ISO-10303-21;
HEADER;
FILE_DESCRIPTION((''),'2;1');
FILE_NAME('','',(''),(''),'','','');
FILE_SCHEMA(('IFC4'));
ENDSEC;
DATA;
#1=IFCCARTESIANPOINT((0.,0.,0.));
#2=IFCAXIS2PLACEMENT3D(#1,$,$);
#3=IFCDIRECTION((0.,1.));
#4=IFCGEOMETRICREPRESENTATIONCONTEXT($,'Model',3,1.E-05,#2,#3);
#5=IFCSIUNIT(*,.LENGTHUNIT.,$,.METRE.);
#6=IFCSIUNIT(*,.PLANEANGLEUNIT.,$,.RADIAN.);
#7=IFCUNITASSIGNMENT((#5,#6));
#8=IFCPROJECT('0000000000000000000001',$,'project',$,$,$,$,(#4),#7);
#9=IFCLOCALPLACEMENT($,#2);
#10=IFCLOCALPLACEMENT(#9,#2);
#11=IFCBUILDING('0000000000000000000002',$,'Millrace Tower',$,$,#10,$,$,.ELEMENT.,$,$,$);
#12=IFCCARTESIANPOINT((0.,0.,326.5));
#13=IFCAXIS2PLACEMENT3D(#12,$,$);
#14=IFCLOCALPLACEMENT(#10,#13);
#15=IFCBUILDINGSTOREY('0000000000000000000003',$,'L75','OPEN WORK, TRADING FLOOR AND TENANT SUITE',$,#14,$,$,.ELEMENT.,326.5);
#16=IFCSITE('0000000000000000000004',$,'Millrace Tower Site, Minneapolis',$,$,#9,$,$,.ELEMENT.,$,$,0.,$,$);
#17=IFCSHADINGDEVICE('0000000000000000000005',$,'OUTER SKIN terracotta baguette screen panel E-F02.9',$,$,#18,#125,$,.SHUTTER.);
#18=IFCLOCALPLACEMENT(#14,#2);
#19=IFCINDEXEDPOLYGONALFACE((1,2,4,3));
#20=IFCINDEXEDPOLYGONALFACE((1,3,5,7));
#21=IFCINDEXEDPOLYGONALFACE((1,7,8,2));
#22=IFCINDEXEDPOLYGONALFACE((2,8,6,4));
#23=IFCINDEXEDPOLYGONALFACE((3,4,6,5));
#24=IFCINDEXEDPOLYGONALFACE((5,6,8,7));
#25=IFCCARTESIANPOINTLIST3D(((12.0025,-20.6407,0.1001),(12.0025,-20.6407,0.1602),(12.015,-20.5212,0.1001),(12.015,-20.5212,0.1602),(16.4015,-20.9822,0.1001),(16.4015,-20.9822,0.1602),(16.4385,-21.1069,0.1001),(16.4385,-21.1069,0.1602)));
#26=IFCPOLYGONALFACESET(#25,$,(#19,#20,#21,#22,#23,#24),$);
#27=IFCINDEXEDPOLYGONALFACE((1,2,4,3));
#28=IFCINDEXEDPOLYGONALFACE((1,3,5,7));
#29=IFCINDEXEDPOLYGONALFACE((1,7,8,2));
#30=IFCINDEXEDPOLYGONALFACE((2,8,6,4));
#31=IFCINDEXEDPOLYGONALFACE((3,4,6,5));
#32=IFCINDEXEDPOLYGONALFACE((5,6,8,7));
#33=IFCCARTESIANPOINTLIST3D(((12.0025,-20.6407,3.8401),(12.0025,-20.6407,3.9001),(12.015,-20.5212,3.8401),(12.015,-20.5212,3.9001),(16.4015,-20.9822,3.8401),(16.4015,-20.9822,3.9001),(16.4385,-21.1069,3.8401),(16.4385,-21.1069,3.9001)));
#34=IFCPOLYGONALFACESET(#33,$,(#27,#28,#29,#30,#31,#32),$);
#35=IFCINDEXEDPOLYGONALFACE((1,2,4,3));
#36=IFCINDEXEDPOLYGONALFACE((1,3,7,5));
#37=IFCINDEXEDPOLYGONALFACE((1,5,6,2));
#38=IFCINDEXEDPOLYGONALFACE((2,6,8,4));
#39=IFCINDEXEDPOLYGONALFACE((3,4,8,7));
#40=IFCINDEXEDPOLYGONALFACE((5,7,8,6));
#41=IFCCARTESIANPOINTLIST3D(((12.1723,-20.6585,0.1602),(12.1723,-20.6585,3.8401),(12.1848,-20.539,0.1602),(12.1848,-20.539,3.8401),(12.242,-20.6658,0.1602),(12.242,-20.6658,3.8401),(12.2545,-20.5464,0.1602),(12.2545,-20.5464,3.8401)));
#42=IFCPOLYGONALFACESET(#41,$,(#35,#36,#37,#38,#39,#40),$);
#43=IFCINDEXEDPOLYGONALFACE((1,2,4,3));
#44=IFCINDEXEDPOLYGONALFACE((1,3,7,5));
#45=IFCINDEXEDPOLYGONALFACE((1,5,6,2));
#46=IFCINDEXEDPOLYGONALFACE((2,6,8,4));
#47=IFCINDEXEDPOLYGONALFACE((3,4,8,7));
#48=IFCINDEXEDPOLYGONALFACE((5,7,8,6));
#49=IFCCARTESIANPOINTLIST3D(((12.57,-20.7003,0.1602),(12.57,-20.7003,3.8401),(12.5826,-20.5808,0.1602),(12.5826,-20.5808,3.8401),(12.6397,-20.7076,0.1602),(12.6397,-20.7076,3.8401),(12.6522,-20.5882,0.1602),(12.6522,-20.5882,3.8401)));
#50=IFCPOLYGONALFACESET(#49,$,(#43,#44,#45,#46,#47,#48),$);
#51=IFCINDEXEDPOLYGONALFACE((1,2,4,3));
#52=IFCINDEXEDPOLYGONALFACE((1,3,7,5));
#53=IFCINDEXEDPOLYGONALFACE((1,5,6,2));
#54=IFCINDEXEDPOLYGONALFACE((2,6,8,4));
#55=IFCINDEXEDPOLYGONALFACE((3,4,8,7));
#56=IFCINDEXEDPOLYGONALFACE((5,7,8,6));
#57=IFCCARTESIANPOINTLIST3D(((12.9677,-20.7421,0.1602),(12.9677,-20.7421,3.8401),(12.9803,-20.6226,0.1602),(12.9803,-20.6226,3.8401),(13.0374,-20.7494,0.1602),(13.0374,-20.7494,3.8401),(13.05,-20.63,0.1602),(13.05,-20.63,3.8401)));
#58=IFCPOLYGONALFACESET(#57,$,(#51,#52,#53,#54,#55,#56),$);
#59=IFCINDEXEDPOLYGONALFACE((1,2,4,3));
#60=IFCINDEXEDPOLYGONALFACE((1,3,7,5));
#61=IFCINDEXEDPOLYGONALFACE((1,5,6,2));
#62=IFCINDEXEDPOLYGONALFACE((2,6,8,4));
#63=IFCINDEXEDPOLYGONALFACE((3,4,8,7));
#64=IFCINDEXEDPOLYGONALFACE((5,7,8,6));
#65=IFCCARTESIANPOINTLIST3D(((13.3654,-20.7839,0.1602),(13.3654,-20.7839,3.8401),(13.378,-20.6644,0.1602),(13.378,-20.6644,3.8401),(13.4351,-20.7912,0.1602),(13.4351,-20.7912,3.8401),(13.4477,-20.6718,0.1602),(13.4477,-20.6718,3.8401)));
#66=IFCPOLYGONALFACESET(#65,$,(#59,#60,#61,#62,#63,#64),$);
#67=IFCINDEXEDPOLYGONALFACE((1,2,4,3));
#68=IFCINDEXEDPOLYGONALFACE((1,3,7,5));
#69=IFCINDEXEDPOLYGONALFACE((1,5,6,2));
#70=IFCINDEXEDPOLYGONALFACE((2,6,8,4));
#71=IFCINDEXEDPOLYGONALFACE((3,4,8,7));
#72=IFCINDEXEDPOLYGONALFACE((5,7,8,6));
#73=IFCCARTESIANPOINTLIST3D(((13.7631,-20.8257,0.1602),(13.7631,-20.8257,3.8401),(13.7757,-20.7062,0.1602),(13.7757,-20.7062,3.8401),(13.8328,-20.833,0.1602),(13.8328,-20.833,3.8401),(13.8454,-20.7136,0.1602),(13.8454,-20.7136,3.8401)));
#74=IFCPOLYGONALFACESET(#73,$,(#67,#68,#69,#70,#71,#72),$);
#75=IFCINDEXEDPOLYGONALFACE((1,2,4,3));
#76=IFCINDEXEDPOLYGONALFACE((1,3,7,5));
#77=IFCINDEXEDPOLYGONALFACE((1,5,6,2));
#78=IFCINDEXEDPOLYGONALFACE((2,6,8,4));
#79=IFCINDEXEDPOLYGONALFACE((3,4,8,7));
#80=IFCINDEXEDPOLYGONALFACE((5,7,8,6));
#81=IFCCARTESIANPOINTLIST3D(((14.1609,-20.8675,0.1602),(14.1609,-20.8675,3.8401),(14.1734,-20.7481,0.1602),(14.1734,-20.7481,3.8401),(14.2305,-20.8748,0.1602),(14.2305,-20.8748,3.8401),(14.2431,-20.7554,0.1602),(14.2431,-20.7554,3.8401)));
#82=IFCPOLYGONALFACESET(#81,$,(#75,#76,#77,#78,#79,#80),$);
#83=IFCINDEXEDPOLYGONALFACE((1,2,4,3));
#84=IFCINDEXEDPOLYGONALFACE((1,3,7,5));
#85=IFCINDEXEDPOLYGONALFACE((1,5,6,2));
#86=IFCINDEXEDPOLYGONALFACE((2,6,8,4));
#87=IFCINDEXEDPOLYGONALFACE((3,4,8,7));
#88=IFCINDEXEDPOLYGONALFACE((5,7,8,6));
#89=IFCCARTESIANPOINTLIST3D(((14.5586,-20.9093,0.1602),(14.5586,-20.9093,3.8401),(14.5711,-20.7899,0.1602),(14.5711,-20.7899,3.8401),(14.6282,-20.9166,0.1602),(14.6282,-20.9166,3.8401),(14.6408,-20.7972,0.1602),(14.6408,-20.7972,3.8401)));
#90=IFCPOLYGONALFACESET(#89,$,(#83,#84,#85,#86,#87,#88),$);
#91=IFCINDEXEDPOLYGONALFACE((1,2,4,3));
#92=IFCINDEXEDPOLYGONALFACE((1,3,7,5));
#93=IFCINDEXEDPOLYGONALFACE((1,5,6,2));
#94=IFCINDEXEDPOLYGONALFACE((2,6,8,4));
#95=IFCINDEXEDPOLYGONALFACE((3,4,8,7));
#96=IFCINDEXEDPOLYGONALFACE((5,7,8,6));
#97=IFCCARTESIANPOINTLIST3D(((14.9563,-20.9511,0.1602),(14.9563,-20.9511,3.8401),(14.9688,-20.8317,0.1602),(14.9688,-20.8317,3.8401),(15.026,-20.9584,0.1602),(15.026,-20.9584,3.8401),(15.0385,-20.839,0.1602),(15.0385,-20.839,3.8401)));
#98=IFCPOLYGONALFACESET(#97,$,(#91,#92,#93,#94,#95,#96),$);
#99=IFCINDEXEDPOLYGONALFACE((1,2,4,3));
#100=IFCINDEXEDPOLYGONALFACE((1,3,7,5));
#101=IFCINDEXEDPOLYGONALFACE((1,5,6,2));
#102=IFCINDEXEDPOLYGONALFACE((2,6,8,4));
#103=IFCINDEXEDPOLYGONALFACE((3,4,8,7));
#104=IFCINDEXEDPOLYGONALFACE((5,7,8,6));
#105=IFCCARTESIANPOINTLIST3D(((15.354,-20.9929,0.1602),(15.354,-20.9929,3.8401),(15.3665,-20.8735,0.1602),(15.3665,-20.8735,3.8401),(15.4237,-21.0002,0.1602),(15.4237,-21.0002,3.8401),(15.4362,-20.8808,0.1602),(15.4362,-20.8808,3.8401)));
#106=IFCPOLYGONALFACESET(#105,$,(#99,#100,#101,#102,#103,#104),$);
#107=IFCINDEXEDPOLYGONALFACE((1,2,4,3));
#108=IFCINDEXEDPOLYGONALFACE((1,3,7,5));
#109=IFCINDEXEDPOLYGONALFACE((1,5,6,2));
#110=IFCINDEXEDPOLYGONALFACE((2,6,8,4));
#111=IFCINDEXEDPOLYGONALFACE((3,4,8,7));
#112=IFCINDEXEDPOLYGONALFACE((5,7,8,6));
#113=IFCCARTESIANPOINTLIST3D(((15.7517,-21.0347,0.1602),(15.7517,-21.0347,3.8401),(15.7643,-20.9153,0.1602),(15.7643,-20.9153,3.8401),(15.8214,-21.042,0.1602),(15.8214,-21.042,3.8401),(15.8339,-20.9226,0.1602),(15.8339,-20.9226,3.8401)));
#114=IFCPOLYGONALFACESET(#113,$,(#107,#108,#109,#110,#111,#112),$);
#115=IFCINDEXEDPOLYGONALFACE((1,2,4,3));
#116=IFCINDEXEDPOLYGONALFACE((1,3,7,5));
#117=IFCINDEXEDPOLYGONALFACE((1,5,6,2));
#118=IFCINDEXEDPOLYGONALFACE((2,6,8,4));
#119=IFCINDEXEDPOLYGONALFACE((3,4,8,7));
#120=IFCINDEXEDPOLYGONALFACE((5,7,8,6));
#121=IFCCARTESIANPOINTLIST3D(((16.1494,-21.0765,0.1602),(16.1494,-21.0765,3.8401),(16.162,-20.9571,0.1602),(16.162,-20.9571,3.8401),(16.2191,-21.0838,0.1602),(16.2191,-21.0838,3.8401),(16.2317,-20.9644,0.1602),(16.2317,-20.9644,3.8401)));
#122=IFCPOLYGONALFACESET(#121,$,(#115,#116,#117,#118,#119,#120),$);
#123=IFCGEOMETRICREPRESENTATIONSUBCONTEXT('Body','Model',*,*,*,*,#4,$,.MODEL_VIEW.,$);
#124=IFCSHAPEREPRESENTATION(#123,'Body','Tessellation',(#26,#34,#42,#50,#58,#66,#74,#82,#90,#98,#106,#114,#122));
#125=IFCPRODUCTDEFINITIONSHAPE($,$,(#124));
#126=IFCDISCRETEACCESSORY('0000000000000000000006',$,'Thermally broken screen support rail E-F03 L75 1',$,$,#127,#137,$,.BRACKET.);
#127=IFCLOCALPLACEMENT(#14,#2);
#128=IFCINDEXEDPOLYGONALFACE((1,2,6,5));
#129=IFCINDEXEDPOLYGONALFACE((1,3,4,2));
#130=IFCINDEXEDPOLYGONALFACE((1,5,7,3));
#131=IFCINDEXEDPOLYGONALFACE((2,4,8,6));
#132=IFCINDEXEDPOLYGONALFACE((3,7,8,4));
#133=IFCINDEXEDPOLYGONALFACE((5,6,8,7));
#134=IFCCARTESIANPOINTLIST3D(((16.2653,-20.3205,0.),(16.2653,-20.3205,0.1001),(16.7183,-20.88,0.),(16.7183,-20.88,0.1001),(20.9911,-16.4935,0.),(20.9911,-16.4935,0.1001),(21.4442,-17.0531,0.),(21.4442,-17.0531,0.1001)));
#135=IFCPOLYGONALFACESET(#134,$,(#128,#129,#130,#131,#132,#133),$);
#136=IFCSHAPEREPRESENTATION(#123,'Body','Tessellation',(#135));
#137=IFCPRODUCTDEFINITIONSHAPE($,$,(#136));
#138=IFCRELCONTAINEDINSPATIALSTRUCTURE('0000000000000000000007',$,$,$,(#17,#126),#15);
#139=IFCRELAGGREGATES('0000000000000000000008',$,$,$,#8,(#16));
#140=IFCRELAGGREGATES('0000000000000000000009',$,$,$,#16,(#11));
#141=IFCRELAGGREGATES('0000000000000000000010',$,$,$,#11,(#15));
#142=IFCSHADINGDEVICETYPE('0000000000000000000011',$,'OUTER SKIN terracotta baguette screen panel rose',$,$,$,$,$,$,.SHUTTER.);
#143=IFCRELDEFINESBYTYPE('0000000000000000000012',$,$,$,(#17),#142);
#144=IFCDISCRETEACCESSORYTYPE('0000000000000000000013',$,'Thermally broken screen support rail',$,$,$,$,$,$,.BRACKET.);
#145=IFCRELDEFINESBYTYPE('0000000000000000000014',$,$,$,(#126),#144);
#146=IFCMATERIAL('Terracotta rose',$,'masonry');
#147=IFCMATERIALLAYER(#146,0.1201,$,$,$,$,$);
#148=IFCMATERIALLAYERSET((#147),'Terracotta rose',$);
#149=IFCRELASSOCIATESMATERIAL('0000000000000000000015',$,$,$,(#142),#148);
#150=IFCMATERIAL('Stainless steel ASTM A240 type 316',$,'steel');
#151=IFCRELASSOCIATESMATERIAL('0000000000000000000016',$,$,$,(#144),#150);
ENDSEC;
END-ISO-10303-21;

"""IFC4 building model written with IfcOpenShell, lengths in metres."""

from ifc_helpers import new_model, entity, si_unit, direction, frame, frame_2d, origin, origin_2d, place, context, subcontext, project, spatial, rectangle, extrude, source, transform, mapped, material, layer, layer_set, type_object, element, save


model = new_model("IFC4")

# Units and contexts
model_context = context("Model", 3, precision=1e-05, world=origin(), true_north=direction((0.0, 1.0)))
body_context = subcontext(model_context, "Body", "Model", "MODEL_VIEW")
ifc_project = project(units=[si_unit("LENGTHUNIT", "METRE"), si_unit("PLANEANGLEUNIT", "RADIAN")], contexts=[model_context])

# Site, building, storey
site_placement = place(None, origin())
site = spatial("IfcSite", under=ifc_project, at=site_placement, Name="Millrace Tower Site, Minneapolis", CompositionType="ELEMENT", RefElevation=0.0)
building_placement = place(site_placement, origin())
building = spatial("IfcBuilding", under=site, at=building_placement, Name="Millrace Tower", CompositionType="ELEMENT")
storey_placement = place(building_placement, frame((0.0, 0.0, 326.5)))
storey = spatial("IfcBuildingStorey", under=building, at=storey_placement, Name="L75", Description="OPEN WORK, TRADING FLOOR AND TENANT SUITE", CompositionType="ELEMENT", Elevation=326.5)

# Shading device
ifc_material_1 = material(Name="Terracotta rose", Category="masonry")
ifc_layer_1 = layer(ifc_material_1, 0.1201)
ifc_layer_set_1 = layer_set([ifc_layer_1], Name="Terracotta rose")
shading_device_type = type_object("IfcShadingDeviceType", Name="OUTER SKIN terracotta baguette screen panel rose", PredefinedType="SHUTTER", material=ifc_layer_set_1)
cartesian_point_1 = entity("IfcCartesianPoint", [-2.2178, 0.0601])
shared_polyline_1 = entity("IfcPolyline", [cartesian_point_1, entity("IfcCartesianPoint", [2.1929, 0.0601]), entity("IfcCartesianPoint", [2.2427, -0.0601]), entity("IfcCartesianPoint", [-2.2178, -0.0601]), cartesian_point_1])
shared_shape_1 = source(origin(), body_context, "Body", "SweptSolid", [
    entity("IfcExtrudedAreaSolid", entity("IfcArbitraryClosedProfileDef", "AREA", None, shared_polyline_1), entity("IfcAxis2Placement3D", entity("IfcCartesianPoint", [0.0, 0.0, 0.0])), entity("IfcDirection", [0.0, 0.0, 1.0]), 0.0601),
    entity("IfcExtrudedAreaSolid", entity("IfcArbitraryClosedProfileDef", "AREA", None, shared_polyline_1), entity("IfcAxis2Placement3D", entity("IfcCartesianPoint", [0.0, 0.0, 3.74])), entity("IfcDirection", [0.0, 0.0, 1.0]), 0.0601),
    extrude(rectangle(XDim=0.0701, YDim=0.1201, at=frame_2d((-2.012, 0.0))), frame((0.0, 0.0, 0.0601)), (0.0, 0.0, 1.0), 3.6799),
    extrude(rectangle(XDim=0.0701, YDim=0.1201, at=frame_2d((-1.6121, 0.0))), frame((0.0, 0.0, 0.0601)), (0.0, 0.0, 1.0), 3.6799),
    extrude(rectangle(XDim=0.0701, YDim=0.1201, at=frame_2d((-1.2122, 0.0))), frame((0.0, 0.0, 0.0601)), (0.0, 0.0, 1.0), 3.6799),
    extrude(rectangle(XDim=0.0701, YDim=0.1201, at=frame_2d((-0.8123, 0.0))), frame((0.0, 0.0, 0.0601)), (0.0, 0.0, 1.0), 3.6799),
    extrude(rectangle(XDim=0.0701, YDim=0.1201, at=frame_2d((-0.4124, 0.0))), frame((0.0, 0.0, 0.0601)), (0.0, 0.0, 1.0), 3.6799),
    extrude(rectangle(XDim=0.0701, YDim=0.1201, at=frame_2d((-0.0125, 0.0))), frame((0.0, 0.0, 0.0601)), (0.0, 0.0, 1.0), 3.6799),
    extrude(rectangle(XDim=0.0701, YDim=0.1201, at=frame_2d((0.3875, 0.0))), frame((0.0, 0.0, 0.0601)), (0.0, 0.0, 1.0), 3.6799),
    extrude(rectangle(XDim=0.0701, YDim=0.1201, at=frame_2d((0.7874, 0.0))), frame((0.0, 0.0, 0.0601)), (0.0, 0.0, 1.0), 3.6799),
    extrude(rectangle(XDim=0.0701, YDim=0.1201, at=frame_2d((1.1873, 0.0))), frame((0.0, 0.0, 0.0601)), (0.0, 0.0, 1.0), 3.6799),
    extrude(rectangle(XDim=0.0701, YDim=0.1201, at=frame_2d((1.5872, 0.0))), frame((0.0, 0.0, 0.0601)), (0.0, 0.0, 1.0), 3.6799),
    extrude(rectangle(XDim=0.0701, YDim=0.1201, at=frame_2d((1.9871, 0.0))), frame((0.0, 0.0, 0.0601)), (0.0, 0.0, 1.0), 3.6799),
])
shading_device_1_placement = place(storey_placement, frame((14.2144, -20.8127, 0.1001), z_axis=(0.0, 0.0, 1.0), x_axis=(0.994522, -0.104528, 0.0)))
element("IfcShadingDevice", 1, at=shading_device_1_placement, inside=storey, type_object=shading_device_type, Name="OUTER SKIN terracotta baguette screen panel E-F02.9", PredefinedType="SHUTTER", context=body_context, shape_type="MappedRepresentation", body=[
    mapped(shared_shape_1, transform((0.0, 0.0, 0.0), scale=1.0)),
])

# Discrete accessory
ifc_material_2 = material(Name="Stainless steel ASTM A240 type 316", Category="steel")
discrete_accessory_type = type_object("IfcDiscreteAccessoryType", Name="Thermally broken screen support rail", PredefinedType="BRACKET", material=ifc_material_2)
discrete_accessory_placement = place(storey_placement, frame((18.8547, -18.6868, 0.0), z_axis=(0.0, 0.0, 1.0), x_axis=(0.777146, 0.62932, 0.0)))
element("IfcDiscreteAccessory", 2, at=discrete_accessory_placement, inside=storey, type_object=discrete_accessory_type, Name="Thermally broken screen support rail E-F03 L75 1", PredefinedType="BRACKET", context=body_context, shape_type="SweptSolid", body=[
    extrude(rectangle(XDim=6.0811, YDim=0.72, at=origin_2d()), origin(), (0.0, 0.0, 1.0), 0.1001),
])

save(model, "model.ifc")
